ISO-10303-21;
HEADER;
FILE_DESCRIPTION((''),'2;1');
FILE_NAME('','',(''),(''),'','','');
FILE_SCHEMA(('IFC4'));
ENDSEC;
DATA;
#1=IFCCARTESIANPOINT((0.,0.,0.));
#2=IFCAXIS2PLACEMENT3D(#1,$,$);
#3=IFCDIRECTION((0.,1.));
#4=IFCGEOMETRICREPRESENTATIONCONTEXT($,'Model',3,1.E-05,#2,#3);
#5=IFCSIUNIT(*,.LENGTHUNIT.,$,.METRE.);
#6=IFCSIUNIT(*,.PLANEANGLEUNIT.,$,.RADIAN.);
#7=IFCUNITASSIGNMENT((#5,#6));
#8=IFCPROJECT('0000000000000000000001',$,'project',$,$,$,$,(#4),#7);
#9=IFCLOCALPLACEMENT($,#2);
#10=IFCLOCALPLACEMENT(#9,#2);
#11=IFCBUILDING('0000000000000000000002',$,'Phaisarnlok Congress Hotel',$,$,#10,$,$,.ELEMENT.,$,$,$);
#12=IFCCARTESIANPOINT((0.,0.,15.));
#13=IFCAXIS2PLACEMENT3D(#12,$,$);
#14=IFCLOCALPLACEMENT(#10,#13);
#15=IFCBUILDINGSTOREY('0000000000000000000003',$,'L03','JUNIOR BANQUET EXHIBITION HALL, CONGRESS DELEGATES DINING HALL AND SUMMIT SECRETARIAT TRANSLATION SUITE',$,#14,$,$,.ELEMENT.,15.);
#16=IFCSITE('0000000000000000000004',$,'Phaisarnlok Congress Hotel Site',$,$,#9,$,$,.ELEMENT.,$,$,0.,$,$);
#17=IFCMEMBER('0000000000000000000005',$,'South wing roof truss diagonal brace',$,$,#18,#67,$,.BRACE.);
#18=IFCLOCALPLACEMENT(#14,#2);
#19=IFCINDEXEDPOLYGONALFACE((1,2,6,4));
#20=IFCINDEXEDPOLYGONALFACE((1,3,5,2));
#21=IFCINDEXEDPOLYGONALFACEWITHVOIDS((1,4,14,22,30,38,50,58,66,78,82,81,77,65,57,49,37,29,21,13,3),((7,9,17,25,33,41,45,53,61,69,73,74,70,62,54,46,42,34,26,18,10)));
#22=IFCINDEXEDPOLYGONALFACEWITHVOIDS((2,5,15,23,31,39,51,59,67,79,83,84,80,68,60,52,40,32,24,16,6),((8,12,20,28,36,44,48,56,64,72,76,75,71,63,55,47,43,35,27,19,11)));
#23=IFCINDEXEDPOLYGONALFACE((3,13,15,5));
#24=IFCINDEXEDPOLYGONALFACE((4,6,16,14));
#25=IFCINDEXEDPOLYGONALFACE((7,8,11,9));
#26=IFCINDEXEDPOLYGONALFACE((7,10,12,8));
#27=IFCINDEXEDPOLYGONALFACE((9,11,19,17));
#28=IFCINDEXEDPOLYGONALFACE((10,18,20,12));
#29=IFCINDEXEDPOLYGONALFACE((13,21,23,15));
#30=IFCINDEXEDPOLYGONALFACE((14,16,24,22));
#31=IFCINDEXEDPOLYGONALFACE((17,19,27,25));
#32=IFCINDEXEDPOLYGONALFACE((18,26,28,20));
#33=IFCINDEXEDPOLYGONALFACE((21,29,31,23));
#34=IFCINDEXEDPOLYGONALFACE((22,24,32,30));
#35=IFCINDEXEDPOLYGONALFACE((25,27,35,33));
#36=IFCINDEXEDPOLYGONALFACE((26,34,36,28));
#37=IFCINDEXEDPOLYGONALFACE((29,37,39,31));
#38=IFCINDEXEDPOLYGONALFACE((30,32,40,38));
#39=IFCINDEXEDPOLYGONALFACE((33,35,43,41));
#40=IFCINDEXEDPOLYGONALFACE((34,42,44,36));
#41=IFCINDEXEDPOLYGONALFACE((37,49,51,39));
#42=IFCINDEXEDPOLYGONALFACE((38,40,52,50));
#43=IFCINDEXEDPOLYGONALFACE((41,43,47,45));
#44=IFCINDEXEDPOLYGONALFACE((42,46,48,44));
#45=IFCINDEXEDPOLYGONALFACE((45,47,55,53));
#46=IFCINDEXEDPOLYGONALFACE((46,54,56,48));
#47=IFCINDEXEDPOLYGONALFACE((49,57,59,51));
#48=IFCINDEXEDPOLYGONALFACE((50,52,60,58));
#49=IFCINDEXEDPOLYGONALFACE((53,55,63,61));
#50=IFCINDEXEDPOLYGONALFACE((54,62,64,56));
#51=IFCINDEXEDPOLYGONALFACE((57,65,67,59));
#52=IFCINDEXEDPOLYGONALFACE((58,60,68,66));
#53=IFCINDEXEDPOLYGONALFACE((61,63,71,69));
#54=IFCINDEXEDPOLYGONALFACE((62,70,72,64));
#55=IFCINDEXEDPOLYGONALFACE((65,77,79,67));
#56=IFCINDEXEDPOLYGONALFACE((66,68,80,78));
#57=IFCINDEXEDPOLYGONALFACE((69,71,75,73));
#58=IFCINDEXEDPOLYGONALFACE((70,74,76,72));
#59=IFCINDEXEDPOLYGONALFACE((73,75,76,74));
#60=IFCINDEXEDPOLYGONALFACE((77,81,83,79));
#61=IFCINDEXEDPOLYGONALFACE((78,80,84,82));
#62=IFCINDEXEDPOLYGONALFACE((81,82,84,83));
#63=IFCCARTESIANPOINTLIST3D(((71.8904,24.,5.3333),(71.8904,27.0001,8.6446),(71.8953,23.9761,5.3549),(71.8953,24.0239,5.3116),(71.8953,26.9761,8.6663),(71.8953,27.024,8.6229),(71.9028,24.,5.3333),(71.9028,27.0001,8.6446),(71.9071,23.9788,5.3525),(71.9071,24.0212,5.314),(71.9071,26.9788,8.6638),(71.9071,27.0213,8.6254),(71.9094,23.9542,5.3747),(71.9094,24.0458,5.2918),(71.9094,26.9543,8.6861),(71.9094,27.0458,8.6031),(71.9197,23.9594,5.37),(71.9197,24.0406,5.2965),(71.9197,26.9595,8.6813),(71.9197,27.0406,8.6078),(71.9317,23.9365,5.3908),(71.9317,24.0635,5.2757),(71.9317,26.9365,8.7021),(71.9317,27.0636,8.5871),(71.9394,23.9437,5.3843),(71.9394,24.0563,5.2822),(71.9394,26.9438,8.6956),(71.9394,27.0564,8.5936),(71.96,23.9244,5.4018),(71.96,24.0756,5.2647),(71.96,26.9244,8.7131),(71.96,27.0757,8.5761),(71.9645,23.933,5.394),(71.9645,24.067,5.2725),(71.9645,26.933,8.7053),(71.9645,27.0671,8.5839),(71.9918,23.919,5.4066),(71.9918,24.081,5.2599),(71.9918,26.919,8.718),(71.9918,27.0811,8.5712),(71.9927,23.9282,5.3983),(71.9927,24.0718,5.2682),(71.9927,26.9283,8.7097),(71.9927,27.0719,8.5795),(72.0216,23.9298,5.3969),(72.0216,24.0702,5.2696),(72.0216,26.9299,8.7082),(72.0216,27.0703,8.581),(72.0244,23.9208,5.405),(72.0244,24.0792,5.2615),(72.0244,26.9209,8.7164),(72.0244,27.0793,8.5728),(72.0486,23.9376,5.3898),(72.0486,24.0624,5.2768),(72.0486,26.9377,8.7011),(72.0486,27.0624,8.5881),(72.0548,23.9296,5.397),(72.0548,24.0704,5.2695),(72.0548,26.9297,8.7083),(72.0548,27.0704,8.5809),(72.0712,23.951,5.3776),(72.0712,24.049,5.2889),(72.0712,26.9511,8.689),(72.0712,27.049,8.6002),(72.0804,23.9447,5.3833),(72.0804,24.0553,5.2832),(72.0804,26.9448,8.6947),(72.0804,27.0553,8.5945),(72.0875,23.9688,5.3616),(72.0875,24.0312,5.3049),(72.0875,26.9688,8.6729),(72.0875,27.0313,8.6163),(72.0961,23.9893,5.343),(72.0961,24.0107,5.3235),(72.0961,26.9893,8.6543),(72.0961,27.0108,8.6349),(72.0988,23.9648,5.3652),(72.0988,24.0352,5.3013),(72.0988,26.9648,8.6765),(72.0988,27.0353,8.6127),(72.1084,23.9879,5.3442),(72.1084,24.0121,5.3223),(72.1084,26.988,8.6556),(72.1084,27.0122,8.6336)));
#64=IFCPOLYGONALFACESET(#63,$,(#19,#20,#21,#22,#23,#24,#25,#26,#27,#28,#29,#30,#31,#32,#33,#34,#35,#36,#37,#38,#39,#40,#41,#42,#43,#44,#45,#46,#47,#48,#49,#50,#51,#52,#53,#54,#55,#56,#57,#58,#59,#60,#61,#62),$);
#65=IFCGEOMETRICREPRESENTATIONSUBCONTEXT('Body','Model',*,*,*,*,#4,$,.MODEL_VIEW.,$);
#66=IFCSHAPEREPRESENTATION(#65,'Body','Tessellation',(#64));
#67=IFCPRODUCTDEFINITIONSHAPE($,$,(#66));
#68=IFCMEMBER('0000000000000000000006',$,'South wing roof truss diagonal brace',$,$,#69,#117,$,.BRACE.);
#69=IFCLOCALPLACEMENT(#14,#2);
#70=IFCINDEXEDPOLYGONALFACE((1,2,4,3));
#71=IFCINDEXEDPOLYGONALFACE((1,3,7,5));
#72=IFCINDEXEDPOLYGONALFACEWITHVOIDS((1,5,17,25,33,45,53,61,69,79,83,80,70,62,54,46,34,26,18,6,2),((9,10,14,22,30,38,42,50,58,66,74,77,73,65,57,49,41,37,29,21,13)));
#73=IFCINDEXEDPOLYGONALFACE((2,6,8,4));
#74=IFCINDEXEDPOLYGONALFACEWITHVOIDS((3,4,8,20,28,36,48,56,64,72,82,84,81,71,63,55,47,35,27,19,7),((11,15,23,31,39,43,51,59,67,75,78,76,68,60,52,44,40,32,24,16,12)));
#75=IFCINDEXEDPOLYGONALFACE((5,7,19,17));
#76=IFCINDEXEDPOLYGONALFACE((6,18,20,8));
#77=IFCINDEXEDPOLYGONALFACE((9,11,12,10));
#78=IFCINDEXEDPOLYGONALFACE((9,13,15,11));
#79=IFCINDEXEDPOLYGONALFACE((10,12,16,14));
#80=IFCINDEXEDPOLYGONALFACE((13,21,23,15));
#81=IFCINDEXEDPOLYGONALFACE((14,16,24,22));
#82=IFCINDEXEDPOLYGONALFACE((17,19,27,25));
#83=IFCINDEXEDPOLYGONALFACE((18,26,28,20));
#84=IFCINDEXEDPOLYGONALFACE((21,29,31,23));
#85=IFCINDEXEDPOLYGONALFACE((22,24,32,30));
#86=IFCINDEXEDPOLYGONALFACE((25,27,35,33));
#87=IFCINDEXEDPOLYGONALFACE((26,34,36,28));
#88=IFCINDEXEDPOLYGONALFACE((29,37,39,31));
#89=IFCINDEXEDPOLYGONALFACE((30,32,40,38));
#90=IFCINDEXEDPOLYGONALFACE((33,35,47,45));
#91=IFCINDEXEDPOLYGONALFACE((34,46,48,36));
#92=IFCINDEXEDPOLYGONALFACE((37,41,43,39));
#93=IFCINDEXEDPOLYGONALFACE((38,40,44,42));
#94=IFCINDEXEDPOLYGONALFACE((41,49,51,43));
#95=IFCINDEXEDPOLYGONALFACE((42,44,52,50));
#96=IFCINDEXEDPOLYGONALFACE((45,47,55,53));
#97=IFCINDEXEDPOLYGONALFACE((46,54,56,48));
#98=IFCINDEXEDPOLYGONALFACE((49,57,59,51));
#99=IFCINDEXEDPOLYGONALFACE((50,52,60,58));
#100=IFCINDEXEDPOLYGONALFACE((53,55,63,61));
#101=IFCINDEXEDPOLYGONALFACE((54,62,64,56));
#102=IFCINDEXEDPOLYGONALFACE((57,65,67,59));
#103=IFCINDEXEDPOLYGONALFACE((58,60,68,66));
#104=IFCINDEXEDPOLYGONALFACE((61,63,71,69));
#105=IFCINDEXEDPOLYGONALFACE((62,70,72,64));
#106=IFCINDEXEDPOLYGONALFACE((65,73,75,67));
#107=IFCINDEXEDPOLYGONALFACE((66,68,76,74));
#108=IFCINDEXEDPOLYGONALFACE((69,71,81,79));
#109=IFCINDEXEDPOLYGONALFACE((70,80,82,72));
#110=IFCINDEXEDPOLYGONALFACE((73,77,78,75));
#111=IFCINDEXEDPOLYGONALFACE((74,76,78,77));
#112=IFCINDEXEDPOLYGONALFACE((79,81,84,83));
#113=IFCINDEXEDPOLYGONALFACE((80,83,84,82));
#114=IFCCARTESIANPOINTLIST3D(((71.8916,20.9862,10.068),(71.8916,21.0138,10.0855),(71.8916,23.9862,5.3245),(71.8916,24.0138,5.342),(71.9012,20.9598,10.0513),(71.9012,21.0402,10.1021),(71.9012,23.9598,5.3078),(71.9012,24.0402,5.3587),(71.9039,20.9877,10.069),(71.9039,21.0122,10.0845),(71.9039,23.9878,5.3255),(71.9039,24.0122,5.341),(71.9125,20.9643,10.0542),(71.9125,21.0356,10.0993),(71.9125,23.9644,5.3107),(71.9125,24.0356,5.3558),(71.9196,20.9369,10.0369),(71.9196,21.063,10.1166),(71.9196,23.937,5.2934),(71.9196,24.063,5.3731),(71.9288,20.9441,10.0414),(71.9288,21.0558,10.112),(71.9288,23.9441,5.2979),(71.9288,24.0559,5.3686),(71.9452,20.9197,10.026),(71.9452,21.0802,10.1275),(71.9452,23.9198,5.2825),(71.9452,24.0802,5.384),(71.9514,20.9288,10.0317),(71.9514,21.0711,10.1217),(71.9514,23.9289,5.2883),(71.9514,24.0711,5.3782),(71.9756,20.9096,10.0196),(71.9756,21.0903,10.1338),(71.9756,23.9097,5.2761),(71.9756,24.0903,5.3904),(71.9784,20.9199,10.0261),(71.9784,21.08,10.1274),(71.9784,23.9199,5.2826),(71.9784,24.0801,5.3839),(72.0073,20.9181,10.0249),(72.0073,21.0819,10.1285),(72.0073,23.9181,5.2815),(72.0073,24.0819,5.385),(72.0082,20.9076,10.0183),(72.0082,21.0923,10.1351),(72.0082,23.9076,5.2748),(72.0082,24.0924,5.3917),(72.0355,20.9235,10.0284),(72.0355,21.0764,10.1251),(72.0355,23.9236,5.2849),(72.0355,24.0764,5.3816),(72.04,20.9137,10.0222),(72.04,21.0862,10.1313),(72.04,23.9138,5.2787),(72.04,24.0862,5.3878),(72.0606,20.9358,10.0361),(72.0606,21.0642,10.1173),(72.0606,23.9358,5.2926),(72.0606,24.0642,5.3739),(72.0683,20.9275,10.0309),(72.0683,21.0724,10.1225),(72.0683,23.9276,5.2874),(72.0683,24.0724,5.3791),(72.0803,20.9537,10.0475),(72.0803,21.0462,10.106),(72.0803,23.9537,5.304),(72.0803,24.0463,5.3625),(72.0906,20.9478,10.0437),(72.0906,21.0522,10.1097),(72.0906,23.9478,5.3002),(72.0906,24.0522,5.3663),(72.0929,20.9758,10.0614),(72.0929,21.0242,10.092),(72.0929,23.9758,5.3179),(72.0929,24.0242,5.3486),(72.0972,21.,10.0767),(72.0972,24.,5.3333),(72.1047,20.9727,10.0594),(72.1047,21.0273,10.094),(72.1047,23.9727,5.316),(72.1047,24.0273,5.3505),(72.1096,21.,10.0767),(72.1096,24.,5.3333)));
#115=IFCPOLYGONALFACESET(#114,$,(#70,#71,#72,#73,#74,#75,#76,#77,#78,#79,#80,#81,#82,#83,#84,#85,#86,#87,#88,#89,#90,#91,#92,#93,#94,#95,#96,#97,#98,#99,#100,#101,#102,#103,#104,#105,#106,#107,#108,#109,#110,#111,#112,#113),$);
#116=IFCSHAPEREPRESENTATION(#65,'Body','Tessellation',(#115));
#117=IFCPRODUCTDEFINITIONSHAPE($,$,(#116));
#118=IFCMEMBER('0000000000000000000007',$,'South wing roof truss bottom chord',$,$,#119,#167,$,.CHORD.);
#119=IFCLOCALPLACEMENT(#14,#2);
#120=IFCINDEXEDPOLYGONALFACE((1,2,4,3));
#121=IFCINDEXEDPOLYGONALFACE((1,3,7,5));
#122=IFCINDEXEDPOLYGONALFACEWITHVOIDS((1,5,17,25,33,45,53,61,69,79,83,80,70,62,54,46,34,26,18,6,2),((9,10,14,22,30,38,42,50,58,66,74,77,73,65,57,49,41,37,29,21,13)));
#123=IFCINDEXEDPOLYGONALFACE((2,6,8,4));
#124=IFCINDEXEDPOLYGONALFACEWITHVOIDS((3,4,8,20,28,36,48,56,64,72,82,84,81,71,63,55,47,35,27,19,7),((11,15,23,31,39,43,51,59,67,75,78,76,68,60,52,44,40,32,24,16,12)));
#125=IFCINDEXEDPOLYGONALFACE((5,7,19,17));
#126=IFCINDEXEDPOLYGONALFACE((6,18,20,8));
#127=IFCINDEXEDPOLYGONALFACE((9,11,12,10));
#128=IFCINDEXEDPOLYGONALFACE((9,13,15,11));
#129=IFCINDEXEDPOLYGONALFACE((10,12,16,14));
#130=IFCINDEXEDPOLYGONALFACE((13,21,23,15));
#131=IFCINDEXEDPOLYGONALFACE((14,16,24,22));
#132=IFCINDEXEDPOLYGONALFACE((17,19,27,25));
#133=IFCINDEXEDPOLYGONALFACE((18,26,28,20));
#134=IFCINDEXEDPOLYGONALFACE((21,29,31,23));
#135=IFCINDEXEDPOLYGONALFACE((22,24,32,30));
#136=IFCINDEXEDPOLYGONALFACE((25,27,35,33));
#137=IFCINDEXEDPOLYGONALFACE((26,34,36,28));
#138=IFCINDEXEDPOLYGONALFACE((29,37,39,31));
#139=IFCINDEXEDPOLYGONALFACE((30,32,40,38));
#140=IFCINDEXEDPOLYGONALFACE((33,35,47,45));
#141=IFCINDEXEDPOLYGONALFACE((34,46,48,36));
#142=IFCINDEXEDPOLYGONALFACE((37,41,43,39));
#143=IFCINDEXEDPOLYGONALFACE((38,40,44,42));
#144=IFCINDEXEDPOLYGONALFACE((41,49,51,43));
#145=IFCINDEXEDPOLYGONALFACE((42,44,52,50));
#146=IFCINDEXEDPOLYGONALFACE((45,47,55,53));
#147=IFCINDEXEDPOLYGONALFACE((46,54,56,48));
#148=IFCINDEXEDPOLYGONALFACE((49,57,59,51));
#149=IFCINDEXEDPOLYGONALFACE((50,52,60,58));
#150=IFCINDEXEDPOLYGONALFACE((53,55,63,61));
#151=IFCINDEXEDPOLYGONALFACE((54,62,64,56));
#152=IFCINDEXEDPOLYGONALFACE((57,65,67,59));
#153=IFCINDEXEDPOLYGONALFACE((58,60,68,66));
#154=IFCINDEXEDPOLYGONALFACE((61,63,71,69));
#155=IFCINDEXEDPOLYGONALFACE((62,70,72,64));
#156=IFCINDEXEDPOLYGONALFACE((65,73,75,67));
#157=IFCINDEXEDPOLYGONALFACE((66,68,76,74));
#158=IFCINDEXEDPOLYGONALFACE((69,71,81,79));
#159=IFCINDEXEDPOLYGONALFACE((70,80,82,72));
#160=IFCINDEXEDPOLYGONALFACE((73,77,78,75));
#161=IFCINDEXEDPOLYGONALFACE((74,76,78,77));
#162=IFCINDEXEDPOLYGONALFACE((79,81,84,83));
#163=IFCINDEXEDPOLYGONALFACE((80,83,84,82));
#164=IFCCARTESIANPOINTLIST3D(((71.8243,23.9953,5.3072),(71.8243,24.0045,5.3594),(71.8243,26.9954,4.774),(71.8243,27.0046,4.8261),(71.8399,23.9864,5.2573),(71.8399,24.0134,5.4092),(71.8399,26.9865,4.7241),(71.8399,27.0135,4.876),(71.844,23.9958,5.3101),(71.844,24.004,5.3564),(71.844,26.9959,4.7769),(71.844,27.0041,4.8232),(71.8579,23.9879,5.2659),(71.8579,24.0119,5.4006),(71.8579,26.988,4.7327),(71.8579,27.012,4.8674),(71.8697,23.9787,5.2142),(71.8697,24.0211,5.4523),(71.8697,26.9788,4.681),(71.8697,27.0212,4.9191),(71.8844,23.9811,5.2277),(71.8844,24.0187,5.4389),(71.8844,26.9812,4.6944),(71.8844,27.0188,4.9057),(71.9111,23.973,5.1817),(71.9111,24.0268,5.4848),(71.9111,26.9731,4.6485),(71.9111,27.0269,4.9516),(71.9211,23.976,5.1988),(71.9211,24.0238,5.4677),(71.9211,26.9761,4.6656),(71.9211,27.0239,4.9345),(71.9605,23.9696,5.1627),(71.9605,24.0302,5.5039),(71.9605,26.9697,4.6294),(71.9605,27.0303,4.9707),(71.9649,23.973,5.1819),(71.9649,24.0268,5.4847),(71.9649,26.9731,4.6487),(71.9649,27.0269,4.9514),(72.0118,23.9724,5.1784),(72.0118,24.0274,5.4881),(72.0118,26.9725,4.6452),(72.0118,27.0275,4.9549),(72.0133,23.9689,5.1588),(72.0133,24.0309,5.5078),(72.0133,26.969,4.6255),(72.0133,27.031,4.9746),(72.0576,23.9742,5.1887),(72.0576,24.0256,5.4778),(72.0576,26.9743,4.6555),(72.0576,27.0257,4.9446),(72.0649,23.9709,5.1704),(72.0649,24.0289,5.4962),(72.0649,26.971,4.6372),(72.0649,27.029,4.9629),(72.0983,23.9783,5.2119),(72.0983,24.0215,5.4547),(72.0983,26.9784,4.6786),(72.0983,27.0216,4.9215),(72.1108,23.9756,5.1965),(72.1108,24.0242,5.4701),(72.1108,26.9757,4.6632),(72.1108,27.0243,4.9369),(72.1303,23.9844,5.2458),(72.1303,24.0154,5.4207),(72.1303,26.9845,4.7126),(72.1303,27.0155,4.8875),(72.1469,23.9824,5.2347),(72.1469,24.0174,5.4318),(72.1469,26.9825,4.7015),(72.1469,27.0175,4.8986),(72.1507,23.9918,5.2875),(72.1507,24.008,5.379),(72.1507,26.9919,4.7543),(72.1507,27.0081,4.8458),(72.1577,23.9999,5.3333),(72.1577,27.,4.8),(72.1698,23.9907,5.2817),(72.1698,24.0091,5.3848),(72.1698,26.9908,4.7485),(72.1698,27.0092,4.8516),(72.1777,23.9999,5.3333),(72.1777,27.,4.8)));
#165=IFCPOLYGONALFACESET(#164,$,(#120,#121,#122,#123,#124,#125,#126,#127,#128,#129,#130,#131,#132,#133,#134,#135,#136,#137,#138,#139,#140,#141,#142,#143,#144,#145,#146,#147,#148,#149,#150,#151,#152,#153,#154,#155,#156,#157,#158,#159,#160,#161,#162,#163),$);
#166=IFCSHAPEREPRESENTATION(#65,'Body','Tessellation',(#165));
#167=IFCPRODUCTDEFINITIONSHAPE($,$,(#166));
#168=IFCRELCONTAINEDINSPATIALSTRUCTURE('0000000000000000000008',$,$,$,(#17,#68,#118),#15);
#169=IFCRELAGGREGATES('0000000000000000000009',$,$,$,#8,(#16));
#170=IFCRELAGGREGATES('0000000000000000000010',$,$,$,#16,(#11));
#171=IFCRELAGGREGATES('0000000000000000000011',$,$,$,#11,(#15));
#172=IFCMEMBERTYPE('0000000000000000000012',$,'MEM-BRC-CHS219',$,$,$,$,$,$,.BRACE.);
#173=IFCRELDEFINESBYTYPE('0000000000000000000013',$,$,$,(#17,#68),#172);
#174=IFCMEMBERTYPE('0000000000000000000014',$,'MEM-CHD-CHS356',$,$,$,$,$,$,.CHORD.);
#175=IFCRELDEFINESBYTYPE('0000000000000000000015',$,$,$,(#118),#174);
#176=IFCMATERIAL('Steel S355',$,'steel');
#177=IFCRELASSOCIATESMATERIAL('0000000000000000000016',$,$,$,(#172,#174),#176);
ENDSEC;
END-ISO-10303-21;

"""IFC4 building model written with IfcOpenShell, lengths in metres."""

from ifc_helpers import new_model, si_unit, direction, frame, origin, origin_2d, place, context, subcontext, project, spatial, hollow_circle, extrude, material, material_profile, profile_set, type_object, element, save


model = new_model("IFC4")

# Units and contexts
model_context = context("Model", 3, precision=1e-05, world=origin(), true_north=direction((0.0, 1.0)))
body_context = subcontext(model_context, "Body", "Model", "MODEL_VIEW")
ifc_project = project(units=[si_unit("LENGTHUNIT", "METRE"), si_unit("PLANEANGLEUNIT", "RADIAN")], contexts=[model_context])

# Site, building, storey
site_placement = place(None, origin())
site = spatial("IfcSite", under=ifc_project, at=site_placement, Name="Phaisarnlok Congress Hotel Site", CompositionType="ELEMENT", RefElevation=0.0)
building_placement = place(site_placement, origin())
building = spatial("IfcBuilding", under=site, at=building_placement, Name="Phaisarnlok Congress Hotel", CompositionType="ELEMENT")
storey_placement = place(building_placement, frame((0.0, 0.0, 15.0)))
storey = spatial("IfcBuildingStorey", under=building, at=storey_placement, Name="L03", Description="JUNIOR BANQUET EXHIBITION HALL, CONGRESS DELEGATES DINING HALL AND SUMMIT SECRETARIAT TRANSLATION SUITE", CompositionType="ELEMENT", Elevation=15.0)

# Shared definitions
ifc_material_1 = material(Name="Steel S355", Category="steel")

# Members
ifc_material_profile_1 = material_profile(ifc_material_1, hollow_circle(Radius=0.1096, WallThickness=0.0125, at=origin_2d()), Name="CHS 219.1x12.5")
ifc_profile_set_1 = profile_set([ifc_material_profile_1], Name="Steel S355")
member_type_1 = type_object("IfcMemberType", Name="MEM-BRC-CHS219", PredefinedType="BRACE", material=ifc_profile_set_1)
member_1_placement = place(storey_placement, frame((72.0, 24.0, 5.3333), z_axis=(0.0, 0.671415, 0.741081), x_axis=(-1.0, 0.0, 0.0)))
element("IfcMember", 1, at=member_1_placement, inside=storey, type_object=member_type_1, Name="South wing roof truss diagonal brace", PredefinedType="BRACE", context=body_context, shape_type="SweptSolid", body=[
    extrude(hollow_circle(Radius=0.1096, WallThickness=0.0125, at=origin_2d()), origin(), (0.0, 0.0, 1.0), 4.4683),
])
member_2_placement = place(storey_placement, frame((72.0, 24.0, 5.3333), z_axis=(0.0, -0.534523, 0.845154), x_axis=(1.0, 0.0, 0.0)))
element("IfcMember", 2, at=member_2_placement, inside=storey, type_object=member_type_1, Name="South wing roof truss diagonal brace", PredefinedType="BRACE", context=body_context, shape_type="SweptSolid", body=[
    extrude(hollow_circle(Radius=0.1096, WallThickness=0.0125, at=origin_2d()), origin(), (0.0, 0.0, 1.0), 5.6125),
])
ifc_material_profile_2 = material_profile(ifc_material_1, hollow_circle(Radius=0.1777, WallThickness=0.02, at=origin_2d()), Name="CHS 355.6x20")
ifc_profile_set_2 = profile_set([ifc_material_profile_2], Name="Steel S355")
member_type_2 = type_object("IfcMemberType", Name="MEM-CHD-CHS356", PredefinedType="CHORD", material=ifc_profile_set_2)
for number, where, z_axis, x_axis, name in (
    (3, (72.0, 27.0, 4.8), (0.0, -0.98457, 0.174992), (1.0, 0.0, 0.0), "South wing roof truss bottom chord"),
):
    element("IfcMember", number, at=place(storey_placement, frame(where, z_axis=z_axis, x_axis=x_axis)), inside=storey, type_object=member_type_2, Name=name, PredefinedType="CHORD", context=body_context, shape_type="SweptSolid", body=[
        extrude(hollow_circle(Radius=0.1777, WallThickness=0.02, at=origin_2d()), origin(), (0.0, 0.0, 1.0), 3.0471),
    ])

save(model, "model.ifc")
